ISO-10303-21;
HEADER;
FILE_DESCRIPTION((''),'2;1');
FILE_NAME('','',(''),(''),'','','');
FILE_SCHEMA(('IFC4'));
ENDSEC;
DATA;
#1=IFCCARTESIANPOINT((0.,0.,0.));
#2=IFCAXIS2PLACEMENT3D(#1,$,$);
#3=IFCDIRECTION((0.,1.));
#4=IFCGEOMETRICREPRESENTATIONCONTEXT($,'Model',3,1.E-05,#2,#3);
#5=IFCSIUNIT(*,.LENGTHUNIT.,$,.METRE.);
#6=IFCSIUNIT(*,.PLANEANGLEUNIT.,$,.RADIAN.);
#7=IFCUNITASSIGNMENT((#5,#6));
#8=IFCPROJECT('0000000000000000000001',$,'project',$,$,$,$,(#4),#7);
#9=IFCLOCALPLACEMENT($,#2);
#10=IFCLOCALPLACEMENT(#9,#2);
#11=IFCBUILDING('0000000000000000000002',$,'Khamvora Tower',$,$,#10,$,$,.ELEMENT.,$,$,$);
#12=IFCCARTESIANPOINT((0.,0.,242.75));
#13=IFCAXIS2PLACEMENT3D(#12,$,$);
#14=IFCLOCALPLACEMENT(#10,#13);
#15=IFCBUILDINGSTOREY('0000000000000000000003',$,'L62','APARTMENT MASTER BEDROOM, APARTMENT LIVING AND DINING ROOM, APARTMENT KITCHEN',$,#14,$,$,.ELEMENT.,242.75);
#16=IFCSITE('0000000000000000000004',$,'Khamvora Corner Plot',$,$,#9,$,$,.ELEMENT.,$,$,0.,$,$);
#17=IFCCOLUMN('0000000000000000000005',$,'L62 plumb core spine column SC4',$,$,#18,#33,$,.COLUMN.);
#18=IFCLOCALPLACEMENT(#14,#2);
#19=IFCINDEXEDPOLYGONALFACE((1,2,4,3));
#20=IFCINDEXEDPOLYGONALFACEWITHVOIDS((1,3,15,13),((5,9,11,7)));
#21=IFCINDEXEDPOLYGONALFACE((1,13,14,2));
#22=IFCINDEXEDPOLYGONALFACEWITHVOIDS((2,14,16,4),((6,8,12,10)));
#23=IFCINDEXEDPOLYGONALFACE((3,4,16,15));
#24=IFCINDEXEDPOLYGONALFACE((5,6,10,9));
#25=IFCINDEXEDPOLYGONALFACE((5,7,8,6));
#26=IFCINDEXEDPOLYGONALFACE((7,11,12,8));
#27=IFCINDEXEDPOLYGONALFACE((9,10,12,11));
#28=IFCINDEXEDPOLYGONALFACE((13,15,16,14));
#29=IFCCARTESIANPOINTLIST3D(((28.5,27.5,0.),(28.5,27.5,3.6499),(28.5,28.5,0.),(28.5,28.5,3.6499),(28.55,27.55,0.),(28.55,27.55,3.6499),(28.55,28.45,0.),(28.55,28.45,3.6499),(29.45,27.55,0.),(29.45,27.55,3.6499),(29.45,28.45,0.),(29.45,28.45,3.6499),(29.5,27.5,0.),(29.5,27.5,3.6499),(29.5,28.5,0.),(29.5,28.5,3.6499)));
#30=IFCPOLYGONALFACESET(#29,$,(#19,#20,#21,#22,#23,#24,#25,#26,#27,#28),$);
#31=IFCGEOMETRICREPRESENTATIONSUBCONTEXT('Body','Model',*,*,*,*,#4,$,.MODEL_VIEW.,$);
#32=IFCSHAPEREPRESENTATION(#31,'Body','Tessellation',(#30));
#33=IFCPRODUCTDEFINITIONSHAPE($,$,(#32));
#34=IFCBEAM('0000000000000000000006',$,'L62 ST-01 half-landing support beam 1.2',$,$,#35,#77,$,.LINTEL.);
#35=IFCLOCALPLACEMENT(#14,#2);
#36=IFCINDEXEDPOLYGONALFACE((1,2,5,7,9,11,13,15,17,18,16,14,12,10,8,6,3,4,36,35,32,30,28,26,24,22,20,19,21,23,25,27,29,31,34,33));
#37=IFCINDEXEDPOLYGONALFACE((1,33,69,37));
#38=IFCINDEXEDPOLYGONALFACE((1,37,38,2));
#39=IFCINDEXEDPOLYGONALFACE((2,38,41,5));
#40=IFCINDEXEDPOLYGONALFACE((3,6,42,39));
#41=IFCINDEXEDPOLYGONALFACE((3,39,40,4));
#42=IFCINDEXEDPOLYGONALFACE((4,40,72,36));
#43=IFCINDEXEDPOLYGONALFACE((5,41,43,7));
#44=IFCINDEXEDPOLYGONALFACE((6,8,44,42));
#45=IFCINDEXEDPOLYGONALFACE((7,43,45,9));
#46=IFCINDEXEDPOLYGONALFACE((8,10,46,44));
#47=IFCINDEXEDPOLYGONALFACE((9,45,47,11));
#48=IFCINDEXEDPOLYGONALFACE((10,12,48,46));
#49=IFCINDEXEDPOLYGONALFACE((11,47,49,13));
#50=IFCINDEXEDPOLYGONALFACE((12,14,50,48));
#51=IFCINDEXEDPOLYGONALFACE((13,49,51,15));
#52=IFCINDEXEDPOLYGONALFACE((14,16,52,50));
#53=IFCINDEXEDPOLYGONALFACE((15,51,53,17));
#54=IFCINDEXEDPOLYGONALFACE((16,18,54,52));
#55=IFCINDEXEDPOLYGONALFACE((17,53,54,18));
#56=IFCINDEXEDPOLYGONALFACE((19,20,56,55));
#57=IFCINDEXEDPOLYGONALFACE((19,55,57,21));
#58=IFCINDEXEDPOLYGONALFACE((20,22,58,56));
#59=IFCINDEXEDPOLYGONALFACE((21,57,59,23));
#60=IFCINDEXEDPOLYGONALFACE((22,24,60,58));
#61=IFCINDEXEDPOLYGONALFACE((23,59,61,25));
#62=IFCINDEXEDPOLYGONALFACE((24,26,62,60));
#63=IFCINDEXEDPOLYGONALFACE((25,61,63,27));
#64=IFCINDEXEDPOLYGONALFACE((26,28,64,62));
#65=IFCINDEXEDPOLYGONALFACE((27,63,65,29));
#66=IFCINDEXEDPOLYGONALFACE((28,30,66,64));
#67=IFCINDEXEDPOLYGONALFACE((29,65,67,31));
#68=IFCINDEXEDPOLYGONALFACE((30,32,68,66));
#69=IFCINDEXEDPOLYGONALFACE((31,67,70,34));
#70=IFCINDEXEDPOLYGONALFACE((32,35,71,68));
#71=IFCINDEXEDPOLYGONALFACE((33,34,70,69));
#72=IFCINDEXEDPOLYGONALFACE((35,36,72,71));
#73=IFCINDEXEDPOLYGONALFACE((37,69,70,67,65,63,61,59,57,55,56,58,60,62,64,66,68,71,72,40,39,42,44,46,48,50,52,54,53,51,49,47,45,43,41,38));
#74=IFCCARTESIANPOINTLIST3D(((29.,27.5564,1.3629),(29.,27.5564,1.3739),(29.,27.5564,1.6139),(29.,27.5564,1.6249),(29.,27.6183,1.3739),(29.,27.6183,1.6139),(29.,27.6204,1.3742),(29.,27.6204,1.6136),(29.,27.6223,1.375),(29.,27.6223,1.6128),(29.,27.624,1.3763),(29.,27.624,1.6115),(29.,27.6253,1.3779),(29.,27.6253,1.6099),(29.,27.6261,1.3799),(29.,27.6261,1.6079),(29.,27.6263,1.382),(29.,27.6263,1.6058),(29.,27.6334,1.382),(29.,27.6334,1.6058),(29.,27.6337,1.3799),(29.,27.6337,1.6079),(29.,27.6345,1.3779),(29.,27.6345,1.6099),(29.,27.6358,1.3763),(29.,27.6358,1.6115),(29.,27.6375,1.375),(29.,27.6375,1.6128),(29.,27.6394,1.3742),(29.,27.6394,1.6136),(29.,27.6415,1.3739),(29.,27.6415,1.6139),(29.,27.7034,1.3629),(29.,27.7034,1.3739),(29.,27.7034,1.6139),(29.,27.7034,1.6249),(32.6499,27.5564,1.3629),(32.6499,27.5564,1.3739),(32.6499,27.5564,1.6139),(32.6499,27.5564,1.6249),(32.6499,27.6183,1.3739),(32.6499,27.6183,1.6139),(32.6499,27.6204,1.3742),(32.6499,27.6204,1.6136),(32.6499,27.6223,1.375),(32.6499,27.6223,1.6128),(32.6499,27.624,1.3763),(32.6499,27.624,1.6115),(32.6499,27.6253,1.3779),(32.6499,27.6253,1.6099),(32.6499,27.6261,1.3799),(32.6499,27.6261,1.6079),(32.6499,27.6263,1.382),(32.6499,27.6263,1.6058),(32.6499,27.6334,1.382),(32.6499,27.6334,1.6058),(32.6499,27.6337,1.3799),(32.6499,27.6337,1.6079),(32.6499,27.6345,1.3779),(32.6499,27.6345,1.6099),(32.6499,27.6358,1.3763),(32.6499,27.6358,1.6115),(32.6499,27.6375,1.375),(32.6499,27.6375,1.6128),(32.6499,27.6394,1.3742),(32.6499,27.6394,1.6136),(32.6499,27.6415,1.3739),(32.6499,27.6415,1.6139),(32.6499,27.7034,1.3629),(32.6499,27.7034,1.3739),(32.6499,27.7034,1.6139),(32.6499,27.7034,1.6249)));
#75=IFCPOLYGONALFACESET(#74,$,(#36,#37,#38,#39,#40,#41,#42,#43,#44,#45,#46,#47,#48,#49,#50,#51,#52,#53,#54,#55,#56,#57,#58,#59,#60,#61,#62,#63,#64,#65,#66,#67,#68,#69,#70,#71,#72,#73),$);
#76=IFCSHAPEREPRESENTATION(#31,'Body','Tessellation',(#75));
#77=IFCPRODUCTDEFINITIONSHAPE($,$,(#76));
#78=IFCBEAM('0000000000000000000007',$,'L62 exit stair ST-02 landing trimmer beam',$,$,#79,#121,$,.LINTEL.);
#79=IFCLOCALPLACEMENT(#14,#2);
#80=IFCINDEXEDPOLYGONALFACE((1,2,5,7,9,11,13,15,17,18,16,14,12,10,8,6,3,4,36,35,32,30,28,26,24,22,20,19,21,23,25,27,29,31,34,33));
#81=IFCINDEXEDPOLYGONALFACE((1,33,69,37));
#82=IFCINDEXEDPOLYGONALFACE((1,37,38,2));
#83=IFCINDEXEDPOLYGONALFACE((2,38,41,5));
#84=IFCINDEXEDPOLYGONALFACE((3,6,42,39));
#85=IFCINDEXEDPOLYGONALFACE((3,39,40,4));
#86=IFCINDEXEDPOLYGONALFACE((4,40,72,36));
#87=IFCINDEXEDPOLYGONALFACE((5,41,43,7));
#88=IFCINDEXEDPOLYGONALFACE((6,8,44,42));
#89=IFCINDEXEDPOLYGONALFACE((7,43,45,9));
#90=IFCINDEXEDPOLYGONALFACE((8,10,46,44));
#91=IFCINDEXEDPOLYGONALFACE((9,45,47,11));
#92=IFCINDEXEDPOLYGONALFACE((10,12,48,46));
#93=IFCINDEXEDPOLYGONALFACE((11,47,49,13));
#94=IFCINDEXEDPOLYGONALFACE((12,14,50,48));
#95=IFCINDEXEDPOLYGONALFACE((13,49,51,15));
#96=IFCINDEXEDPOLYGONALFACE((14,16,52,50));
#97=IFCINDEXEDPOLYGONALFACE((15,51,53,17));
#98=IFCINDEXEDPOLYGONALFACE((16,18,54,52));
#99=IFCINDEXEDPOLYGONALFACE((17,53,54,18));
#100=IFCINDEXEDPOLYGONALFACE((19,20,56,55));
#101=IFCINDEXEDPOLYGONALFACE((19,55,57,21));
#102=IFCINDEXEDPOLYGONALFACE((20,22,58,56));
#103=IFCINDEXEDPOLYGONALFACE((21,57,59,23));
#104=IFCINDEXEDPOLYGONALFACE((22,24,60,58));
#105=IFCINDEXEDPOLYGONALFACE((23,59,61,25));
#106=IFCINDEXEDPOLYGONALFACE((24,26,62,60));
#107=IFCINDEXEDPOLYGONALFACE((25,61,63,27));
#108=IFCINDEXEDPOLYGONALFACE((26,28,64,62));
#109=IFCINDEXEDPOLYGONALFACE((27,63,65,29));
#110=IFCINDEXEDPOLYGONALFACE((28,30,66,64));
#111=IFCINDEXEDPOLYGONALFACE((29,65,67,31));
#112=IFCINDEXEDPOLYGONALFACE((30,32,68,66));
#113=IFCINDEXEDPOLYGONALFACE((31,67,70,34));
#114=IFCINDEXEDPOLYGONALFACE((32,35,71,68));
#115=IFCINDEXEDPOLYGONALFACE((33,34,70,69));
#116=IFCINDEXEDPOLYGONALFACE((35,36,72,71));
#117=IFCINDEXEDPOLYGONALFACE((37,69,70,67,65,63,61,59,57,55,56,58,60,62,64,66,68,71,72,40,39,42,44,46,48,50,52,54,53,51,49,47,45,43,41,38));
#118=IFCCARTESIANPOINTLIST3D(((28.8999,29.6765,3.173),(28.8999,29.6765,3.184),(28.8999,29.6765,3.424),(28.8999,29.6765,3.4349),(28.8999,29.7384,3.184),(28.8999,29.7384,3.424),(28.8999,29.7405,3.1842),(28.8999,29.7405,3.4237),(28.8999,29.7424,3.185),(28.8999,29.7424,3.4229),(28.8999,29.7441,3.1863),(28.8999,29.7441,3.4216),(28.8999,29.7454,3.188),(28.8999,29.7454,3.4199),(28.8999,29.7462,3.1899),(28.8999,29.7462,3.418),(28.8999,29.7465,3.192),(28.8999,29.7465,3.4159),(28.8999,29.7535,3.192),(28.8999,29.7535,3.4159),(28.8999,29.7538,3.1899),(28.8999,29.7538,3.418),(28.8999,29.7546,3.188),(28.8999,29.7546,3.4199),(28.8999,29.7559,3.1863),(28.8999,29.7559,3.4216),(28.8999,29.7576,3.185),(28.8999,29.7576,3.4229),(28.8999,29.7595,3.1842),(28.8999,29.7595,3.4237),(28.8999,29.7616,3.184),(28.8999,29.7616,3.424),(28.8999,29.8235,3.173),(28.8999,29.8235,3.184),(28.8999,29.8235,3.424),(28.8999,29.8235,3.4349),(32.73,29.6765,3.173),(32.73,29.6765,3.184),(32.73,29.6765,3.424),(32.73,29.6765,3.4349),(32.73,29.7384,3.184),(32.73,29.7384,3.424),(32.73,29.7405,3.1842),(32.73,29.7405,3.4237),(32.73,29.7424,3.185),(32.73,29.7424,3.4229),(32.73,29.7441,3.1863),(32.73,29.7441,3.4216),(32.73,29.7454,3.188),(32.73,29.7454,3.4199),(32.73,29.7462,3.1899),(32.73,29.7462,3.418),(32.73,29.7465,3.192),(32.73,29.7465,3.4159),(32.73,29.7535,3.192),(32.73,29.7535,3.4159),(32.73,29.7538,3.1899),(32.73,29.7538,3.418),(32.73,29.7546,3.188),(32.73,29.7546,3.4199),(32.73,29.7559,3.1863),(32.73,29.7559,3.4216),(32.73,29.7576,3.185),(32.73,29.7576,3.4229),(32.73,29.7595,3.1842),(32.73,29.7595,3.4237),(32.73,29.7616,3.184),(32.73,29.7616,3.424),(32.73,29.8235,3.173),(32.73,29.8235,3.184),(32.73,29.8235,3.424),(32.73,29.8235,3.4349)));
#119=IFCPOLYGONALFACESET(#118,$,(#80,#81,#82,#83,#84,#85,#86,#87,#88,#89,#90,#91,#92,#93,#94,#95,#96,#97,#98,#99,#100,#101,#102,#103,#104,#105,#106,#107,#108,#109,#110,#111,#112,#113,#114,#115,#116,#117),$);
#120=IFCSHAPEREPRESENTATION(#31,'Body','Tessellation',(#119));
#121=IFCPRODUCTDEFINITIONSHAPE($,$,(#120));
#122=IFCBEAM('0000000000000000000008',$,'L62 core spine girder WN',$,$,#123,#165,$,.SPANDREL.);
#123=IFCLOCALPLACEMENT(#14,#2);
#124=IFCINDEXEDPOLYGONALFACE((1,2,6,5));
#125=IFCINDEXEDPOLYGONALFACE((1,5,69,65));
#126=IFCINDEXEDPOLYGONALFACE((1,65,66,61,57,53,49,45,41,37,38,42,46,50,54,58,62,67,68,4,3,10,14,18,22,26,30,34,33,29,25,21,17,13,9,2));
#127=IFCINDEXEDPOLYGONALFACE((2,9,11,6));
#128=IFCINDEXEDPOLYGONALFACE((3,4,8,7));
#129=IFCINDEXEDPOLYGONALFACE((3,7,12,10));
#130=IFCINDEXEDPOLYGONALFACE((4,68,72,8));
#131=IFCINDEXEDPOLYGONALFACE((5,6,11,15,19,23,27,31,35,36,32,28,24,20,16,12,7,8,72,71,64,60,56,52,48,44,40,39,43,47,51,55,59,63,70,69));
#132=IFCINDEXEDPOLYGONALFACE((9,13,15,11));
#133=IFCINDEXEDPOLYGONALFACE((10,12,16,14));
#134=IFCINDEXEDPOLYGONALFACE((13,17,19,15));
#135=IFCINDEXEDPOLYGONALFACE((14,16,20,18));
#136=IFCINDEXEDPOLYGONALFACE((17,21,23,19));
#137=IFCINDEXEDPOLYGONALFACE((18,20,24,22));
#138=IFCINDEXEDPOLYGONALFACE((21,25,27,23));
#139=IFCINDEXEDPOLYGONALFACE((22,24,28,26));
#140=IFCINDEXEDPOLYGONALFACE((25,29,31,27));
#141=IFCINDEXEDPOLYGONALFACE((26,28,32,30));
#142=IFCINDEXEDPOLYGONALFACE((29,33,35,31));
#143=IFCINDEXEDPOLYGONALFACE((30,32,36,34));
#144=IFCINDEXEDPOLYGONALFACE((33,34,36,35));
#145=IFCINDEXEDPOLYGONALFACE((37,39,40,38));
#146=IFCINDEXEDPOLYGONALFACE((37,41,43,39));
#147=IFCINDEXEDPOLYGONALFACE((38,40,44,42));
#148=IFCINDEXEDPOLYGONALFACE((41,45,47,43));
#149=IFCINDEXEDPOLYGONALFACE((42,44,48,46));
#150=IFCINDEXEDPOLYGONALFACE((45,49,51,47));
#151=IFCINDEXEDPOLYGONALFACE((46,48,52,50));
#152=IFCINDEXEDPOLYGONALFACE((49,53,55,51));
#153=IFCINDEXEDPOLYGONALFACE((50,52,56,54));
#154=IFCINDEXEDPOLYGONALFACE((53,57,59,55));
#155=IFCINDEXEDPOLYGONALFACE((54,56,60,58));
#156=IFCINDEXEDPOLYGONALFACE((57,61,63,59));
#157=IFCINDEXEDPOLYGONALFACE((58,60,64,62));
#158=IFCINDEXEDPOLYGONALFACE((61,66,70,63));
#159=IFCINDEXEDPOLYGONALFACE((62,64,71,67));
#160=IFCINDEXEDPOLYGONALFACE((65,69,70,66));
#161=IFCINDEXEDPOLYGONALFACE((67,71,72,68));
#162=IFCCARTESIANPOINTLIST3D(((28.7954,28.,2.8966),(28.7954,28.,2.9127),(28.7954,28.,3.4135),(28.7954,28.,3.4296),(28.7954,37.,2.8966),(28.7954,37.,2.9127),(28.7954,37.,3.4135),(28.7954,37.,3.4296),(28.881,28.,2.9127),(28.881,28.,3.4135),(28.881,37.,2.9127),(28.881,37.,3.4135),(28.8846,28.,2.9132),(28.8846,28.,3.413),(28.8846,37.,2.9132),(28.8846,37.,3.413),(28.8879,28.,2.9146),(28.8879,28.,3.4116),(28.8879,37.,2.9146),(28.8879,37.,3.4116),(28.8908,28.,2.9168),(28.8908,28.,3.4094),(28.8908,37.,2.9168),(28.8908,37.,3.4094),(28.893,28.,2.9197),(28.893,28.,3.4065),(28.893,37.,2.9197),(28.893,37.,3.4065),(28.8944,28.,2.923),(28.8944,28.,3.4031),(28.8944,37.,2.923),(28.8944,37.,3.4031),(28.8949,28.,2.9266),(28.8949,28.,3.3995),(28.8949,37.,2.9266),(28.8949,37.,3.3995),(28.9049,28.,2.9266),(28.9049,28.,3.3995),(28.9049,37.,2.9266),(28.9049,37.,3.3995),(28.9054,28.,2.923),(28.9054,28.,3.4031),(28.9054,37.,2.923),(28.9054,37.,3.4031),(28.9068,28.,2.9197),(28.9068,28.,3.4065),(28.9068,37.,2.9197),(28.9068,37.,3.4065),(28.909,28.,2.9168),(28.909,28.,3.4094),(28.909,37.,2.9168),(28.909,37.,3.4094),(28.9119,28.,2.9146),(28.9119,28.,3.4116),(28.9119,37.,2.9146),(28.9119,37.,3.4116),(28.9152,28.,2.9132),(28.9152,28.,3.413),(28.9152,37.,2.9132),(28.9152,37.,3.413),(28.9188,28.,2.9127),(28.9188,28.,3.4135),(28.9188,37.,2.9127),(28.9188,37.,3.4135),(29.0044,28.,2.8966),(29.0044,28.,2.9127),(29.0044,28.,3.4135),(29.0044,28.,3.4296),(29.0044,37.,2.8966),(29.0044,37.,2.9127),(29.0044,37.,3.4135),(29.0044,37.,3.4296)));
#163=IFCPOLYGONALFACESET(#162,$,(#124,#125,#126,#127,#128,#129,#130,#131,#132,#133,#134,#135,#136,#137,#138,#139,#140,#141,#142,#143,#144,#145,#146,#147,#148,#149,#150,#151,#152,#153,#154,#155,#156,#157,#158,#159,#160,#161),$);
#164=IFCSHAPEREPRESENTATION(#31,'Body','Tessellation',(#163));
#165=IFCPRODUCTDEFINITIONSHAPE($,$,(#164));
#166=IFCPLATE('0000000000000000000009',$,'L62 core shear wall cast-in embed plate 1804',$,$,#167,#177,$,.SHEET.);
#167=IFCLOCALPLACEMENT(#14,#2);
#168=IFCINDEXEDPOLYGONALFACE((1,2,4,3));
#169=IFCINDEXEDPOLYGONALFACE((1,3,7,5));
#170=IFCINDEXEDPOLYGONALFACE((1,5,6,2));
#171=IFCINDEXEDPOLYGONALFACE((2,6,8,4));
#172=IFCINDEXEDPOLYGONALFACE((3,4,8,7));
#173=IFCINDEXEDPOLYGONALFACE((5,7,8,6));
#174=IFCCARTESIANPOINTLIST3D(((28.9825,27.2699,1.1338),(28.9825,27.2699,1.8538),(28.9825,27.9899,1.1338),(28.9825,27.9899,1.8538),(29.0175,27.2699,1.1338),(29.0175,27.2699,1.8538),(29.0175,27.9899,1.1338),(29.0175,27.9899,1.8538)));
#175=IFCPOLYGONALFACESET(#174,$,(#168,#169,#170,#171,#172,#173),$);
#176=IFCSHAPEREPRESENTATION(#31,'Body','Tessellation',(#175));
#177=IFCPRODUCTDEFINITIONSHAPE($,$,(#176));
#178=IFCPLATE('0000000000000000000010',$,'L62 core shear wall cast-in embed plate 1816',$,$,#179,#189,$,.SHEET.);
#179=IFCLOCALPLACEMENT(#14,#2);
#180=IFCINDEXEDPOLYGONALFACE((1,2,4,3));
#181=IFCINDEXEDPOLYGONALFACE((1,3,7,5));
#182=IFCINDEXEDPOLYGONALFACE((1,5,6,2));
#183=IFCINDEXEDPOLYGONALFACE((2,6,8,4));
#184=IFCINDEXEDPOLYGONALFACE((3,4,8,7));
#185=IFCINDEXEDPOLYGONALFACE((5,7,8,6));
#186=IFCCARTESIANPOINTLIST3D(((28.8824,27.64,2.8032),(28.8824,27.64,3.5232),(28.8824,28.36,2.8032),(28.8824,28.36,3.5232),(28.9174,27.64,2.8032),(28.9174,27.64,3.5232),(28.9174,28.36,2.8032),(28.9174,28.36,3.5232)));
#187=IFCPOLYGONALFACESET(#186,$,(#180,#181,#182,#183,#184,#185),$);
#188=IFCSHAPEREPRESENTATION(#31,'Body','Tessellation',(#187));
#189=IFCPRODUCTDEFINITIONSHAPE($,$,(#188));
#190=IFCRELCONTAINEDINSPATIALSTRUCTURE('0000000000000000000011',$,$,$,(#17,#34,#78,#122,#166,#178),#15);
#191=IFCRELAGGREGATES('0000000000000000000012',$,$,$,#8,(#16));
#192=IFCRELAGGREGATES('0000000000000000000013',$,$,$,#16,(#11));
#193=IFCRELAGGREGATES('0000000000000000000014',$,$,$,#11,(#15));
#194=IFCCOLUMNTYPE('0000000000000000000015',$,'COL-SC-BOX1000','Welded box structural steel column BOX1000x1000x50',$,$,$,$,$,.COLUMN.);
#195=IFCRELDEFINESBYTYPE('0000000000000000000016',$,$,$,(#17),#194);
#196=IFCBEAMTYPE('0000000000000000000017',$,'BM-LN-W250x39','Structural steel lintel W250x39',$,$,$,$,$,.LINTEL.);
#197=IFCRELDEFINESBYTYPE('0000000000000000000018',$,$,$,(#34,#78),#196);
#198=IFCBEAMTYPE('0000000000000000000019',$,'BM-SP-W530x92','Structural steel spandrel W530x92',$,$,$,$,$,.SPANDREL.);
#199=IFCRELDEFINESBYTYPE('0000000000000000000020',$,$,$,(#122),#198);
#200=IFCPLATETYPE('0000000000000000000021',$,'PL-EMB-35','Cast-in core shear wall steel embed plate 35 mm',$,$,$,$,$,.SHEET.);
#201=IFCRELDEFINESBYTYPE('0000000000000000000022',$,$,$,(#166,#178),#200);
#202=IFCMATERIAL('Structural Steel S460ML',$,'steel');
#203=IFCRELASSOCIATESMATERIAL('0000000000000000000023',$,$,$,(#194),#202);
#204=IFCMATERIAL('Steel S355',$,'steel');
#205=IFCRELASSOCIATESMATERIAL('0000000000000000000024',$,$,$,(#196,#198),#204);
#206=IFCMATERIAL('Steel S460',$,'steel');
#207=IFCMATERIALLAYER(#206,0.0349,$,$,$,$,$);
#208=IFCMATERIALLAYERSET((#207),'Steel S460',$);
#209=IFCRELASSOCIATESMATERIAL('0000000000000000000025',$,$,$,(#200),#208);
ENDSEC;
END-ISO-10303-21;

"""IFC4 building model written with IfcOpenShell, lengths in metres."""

from ifc_helpers import new_model, si_unit, direction, frame, origin, origin_2d, place, context, subcontext, project, spatial, rectangle, hollow_rectangle, i_section, extrude, material, layer, layer_set, material_profile, profile_set, type_object, element, save


model = new_model("IFC4")

# Units and contexts
model_context = context("Model", 3, precision=1e-05, world=origin(), true_north=direction((0.0, 1.0)))
body_context = subcontext(model_context, "Body", "Model", "MODEL_VIEW")
ifc_project = project(units=[si_unit("LENGTHUNIT", "METRE"), si_unit("PLANEANGLEUNIT", "RADIAN")], contexts=[model_context])

# Site, building, storey
site_placement = place(None, origin())
site = spatial("IfcSite", under=ifc_project, at=site_placement, Name="Khamvora Corner Plot", CompositionType="ELEMENT", RefElevation=0.0)
building_placement = place(site_placement, origin())
building = spatial("IfcBuilding", under=site, at=building_placement, Name="Khamvora Tower", CompositionType="ELEMENT")
storey_placement = place(building_placement, frame((0.0, 0.0, 242.75)))
storey = spatial("IfcBuildingStorey", under=building, at=storey_placement, Name="L62", Description="APARTMENT MASTER BEDROOM, APARTMENT LIVING AND DINING ROOM, APARTMENT KITCHEN", CompositionType="ELEMENT", Elevation=242.75)

# Column
ifc_material_1 = material(Name="Structural Steel S460ML", Category="steel")
ifc_material_profile_1 = material_profile(ifc_material_1, hollow_rectangle(XDim=1.0, YDim=1.0, WallThickness=0.05, at=origin_2d()), Name="BOX1000x1000x50")
ifc_profile_set_1 = profile_set([ifc_material_profile_1], Name="Structural Steel S460ML")
column_type = type_object("IfcColumnType", Name="COL-SC-BOX1000", Description="Welded box structural steel column BOX1000x1000x50", PredefinedType="COLUMN", material=ifc_profile_set_1)
column_placement = place(storey_placement, frame((29.0, 28.0, 0.0), z_axis=(0.0, 0.0, 1.0), x_axis=(1.0, 0.0, 0.0)))
element("IfcColumn", 1, at=column_placement, inside=storey, type_object=column_type, Name="L62 plumb core spine column SC4", PredefinedType="COLUMN", context=body_context, shape_type="SweptSolid", body=[
    extrude(hollow_rectangle(XDim=1.0, YDim=1.0, WallThickness=0.05, at=origin_2d()), origin(), (0.0, 0.0, 1.0), 3.6499),
])

# Beams
ifc_material_2 = material(Name="Steel S355", Category="steel")
ifc_material_profile_2 = material_profile(ifc_material_2, i_section(OverallWidth=0.147, OverallDepth=0.262, WebThickness=0.0071, FlangeThickness=0.011, FilletRadius=0.0081, at=origin_2d()), Name="W250x39")
ifc_profile_set_2 = profile_set([ifc_material_profile_2], Name="Steel S355")
beam_type_1 = type_object("IfcBeamType", Name="BM-LN-W250x39", Description="Structural steel lintel W250x39", PredefinedType="LINTEL", material=ifc_profile_set_2)
beam_1_placement = place(storey_placement, frame((29.0, 27.6299, 1.4939), z_axis=(1.0, 0.0, 0.0), x_axis=(0.0, 1.0, 0.0)))
element("IfcBeam", 2, at=beam_1_placement, inside=storey, type_object=beam_type_1, Name="L62 ST-01 half-landing support beam 1.2", PredefinedType="LINTEL", context=body_context, shape_type="SweptSolid", body=[
    extrude(i_section(OverallWidth=0.147, OverallDepth=0.262, WebThickness=0.0071, FlangeThickness=0.011, FilletRadius=0.0081, at=origin_2d()), origin(), (0.0, 0.0, 1.0), 3.6499),
])
beam_2_placement = place(storey_placement, frame((28.8999, 29.75, 3.304), z_axis=(1.0, 0.0, 0.0), x_axis=(0.0, 1.0, 0.0)))
element("IfcBeam", 3, at=beam_2_placement, inside=storey, type_object=beam_type_1, Name="L62 exit stair ST-02 landing trimmer beam", PredefinedType="LINTEL", context=body_context, shape_type="SweptSolid", body=[
    extrude(i_section(OverallWidth=0.147, OverallDepth=0.262, WebThickness=0.0071, FlangeThickness=0.011, FilletRadius=0.0081, at=origin_2d()), origin(), (0.0, 0.0, 1.0), 3.8301),
])
ifc_material_profile_3 = material_profile(ifc_material_2, i_section(OverallWidth=0.209, OverallDepth=0.533, WebThickness=0.01, FlangeThickness=0.0161, FilletRadius=0.0139, at=origin_2d()), Name="W530x92")
ifc_profile_set_3 = profile_set([ifc_material_profile_3], Name="Steel S355")
beam_type_2 = type_object("IfcBeamType", Name="BM-SP-W530x92", Description="Structural steel spandrel W530x92", PredefinedType="SPANDREL", material=ifc_profile_set_3)
beam_3_placement = place(storey_placement, frame((28.8999, 28.0, 3.1631), z_axis=(0.0, 1.0, 0.0), x_axis=(-1.0, 0.0, 0.0)))
element("IfcBeam", 4, at=beam_3_placement, inside=storey, type_object=beam_type_2, Name="L62 core spine girder WN", PredefinedType="SPANDREL", context=body_context, shape_type="SweptSolid", body=[
    extrude(i_section(OverallWidth=0.209, OverallDepth=0.533, WebThickness=0.01, FlangeThickness=0.0161, FilletRadius=0.0139, at=origin_2d()), origin(), (0.0, 0.0, 1.0), 9.0),
])

# Plates
ifc_material_3 = material(Name="Steel S460", Category="steel")
ifc_layer_1 = layer(ifc_material_3, 0.0349)
ifc_layer_set_1 = layer_set([ifc_layer_1], Name="Steel S460")
plate_type = type_object("IfcPlateType", Name="PL-EMB-35", Description="Cast-in core shear wall steel embed plate 35 mm", PredefinedType="SHEET", material=ifc_layer_set_1)
for number, where, z_axis, x_axis, name in (
    (5, (29.0, 27.6299, 1.1338), (0.0, 0.0, 1.0), (1.0, 0.0, 0.0), "L62 core shear wall cast-in embed plate 1804"),
    (6, (28.8999, 28.0, 2.8032), (0.0, 0.0, 1.0), (1.0, 0.0, 0.0), "L62 core shear wall cast-in embed plate 1816"),
):
    element("IfcPlate", number, at=place(storey_placement, frame(where, z_axis=z_axis, x_axis=x_axis)), inside=storey, type_object=plate_type, Name=name, PredefinedType="SHEET", context=body_context, shape_type="SweptSolid", body=[
        extrude(rectangle(XDim=0.0349, YDim=0.72, at=origin_2d()), origin(), (0.0, 0.0, 1.0), 0.72),
    ])

save(model, "model.ifc")
